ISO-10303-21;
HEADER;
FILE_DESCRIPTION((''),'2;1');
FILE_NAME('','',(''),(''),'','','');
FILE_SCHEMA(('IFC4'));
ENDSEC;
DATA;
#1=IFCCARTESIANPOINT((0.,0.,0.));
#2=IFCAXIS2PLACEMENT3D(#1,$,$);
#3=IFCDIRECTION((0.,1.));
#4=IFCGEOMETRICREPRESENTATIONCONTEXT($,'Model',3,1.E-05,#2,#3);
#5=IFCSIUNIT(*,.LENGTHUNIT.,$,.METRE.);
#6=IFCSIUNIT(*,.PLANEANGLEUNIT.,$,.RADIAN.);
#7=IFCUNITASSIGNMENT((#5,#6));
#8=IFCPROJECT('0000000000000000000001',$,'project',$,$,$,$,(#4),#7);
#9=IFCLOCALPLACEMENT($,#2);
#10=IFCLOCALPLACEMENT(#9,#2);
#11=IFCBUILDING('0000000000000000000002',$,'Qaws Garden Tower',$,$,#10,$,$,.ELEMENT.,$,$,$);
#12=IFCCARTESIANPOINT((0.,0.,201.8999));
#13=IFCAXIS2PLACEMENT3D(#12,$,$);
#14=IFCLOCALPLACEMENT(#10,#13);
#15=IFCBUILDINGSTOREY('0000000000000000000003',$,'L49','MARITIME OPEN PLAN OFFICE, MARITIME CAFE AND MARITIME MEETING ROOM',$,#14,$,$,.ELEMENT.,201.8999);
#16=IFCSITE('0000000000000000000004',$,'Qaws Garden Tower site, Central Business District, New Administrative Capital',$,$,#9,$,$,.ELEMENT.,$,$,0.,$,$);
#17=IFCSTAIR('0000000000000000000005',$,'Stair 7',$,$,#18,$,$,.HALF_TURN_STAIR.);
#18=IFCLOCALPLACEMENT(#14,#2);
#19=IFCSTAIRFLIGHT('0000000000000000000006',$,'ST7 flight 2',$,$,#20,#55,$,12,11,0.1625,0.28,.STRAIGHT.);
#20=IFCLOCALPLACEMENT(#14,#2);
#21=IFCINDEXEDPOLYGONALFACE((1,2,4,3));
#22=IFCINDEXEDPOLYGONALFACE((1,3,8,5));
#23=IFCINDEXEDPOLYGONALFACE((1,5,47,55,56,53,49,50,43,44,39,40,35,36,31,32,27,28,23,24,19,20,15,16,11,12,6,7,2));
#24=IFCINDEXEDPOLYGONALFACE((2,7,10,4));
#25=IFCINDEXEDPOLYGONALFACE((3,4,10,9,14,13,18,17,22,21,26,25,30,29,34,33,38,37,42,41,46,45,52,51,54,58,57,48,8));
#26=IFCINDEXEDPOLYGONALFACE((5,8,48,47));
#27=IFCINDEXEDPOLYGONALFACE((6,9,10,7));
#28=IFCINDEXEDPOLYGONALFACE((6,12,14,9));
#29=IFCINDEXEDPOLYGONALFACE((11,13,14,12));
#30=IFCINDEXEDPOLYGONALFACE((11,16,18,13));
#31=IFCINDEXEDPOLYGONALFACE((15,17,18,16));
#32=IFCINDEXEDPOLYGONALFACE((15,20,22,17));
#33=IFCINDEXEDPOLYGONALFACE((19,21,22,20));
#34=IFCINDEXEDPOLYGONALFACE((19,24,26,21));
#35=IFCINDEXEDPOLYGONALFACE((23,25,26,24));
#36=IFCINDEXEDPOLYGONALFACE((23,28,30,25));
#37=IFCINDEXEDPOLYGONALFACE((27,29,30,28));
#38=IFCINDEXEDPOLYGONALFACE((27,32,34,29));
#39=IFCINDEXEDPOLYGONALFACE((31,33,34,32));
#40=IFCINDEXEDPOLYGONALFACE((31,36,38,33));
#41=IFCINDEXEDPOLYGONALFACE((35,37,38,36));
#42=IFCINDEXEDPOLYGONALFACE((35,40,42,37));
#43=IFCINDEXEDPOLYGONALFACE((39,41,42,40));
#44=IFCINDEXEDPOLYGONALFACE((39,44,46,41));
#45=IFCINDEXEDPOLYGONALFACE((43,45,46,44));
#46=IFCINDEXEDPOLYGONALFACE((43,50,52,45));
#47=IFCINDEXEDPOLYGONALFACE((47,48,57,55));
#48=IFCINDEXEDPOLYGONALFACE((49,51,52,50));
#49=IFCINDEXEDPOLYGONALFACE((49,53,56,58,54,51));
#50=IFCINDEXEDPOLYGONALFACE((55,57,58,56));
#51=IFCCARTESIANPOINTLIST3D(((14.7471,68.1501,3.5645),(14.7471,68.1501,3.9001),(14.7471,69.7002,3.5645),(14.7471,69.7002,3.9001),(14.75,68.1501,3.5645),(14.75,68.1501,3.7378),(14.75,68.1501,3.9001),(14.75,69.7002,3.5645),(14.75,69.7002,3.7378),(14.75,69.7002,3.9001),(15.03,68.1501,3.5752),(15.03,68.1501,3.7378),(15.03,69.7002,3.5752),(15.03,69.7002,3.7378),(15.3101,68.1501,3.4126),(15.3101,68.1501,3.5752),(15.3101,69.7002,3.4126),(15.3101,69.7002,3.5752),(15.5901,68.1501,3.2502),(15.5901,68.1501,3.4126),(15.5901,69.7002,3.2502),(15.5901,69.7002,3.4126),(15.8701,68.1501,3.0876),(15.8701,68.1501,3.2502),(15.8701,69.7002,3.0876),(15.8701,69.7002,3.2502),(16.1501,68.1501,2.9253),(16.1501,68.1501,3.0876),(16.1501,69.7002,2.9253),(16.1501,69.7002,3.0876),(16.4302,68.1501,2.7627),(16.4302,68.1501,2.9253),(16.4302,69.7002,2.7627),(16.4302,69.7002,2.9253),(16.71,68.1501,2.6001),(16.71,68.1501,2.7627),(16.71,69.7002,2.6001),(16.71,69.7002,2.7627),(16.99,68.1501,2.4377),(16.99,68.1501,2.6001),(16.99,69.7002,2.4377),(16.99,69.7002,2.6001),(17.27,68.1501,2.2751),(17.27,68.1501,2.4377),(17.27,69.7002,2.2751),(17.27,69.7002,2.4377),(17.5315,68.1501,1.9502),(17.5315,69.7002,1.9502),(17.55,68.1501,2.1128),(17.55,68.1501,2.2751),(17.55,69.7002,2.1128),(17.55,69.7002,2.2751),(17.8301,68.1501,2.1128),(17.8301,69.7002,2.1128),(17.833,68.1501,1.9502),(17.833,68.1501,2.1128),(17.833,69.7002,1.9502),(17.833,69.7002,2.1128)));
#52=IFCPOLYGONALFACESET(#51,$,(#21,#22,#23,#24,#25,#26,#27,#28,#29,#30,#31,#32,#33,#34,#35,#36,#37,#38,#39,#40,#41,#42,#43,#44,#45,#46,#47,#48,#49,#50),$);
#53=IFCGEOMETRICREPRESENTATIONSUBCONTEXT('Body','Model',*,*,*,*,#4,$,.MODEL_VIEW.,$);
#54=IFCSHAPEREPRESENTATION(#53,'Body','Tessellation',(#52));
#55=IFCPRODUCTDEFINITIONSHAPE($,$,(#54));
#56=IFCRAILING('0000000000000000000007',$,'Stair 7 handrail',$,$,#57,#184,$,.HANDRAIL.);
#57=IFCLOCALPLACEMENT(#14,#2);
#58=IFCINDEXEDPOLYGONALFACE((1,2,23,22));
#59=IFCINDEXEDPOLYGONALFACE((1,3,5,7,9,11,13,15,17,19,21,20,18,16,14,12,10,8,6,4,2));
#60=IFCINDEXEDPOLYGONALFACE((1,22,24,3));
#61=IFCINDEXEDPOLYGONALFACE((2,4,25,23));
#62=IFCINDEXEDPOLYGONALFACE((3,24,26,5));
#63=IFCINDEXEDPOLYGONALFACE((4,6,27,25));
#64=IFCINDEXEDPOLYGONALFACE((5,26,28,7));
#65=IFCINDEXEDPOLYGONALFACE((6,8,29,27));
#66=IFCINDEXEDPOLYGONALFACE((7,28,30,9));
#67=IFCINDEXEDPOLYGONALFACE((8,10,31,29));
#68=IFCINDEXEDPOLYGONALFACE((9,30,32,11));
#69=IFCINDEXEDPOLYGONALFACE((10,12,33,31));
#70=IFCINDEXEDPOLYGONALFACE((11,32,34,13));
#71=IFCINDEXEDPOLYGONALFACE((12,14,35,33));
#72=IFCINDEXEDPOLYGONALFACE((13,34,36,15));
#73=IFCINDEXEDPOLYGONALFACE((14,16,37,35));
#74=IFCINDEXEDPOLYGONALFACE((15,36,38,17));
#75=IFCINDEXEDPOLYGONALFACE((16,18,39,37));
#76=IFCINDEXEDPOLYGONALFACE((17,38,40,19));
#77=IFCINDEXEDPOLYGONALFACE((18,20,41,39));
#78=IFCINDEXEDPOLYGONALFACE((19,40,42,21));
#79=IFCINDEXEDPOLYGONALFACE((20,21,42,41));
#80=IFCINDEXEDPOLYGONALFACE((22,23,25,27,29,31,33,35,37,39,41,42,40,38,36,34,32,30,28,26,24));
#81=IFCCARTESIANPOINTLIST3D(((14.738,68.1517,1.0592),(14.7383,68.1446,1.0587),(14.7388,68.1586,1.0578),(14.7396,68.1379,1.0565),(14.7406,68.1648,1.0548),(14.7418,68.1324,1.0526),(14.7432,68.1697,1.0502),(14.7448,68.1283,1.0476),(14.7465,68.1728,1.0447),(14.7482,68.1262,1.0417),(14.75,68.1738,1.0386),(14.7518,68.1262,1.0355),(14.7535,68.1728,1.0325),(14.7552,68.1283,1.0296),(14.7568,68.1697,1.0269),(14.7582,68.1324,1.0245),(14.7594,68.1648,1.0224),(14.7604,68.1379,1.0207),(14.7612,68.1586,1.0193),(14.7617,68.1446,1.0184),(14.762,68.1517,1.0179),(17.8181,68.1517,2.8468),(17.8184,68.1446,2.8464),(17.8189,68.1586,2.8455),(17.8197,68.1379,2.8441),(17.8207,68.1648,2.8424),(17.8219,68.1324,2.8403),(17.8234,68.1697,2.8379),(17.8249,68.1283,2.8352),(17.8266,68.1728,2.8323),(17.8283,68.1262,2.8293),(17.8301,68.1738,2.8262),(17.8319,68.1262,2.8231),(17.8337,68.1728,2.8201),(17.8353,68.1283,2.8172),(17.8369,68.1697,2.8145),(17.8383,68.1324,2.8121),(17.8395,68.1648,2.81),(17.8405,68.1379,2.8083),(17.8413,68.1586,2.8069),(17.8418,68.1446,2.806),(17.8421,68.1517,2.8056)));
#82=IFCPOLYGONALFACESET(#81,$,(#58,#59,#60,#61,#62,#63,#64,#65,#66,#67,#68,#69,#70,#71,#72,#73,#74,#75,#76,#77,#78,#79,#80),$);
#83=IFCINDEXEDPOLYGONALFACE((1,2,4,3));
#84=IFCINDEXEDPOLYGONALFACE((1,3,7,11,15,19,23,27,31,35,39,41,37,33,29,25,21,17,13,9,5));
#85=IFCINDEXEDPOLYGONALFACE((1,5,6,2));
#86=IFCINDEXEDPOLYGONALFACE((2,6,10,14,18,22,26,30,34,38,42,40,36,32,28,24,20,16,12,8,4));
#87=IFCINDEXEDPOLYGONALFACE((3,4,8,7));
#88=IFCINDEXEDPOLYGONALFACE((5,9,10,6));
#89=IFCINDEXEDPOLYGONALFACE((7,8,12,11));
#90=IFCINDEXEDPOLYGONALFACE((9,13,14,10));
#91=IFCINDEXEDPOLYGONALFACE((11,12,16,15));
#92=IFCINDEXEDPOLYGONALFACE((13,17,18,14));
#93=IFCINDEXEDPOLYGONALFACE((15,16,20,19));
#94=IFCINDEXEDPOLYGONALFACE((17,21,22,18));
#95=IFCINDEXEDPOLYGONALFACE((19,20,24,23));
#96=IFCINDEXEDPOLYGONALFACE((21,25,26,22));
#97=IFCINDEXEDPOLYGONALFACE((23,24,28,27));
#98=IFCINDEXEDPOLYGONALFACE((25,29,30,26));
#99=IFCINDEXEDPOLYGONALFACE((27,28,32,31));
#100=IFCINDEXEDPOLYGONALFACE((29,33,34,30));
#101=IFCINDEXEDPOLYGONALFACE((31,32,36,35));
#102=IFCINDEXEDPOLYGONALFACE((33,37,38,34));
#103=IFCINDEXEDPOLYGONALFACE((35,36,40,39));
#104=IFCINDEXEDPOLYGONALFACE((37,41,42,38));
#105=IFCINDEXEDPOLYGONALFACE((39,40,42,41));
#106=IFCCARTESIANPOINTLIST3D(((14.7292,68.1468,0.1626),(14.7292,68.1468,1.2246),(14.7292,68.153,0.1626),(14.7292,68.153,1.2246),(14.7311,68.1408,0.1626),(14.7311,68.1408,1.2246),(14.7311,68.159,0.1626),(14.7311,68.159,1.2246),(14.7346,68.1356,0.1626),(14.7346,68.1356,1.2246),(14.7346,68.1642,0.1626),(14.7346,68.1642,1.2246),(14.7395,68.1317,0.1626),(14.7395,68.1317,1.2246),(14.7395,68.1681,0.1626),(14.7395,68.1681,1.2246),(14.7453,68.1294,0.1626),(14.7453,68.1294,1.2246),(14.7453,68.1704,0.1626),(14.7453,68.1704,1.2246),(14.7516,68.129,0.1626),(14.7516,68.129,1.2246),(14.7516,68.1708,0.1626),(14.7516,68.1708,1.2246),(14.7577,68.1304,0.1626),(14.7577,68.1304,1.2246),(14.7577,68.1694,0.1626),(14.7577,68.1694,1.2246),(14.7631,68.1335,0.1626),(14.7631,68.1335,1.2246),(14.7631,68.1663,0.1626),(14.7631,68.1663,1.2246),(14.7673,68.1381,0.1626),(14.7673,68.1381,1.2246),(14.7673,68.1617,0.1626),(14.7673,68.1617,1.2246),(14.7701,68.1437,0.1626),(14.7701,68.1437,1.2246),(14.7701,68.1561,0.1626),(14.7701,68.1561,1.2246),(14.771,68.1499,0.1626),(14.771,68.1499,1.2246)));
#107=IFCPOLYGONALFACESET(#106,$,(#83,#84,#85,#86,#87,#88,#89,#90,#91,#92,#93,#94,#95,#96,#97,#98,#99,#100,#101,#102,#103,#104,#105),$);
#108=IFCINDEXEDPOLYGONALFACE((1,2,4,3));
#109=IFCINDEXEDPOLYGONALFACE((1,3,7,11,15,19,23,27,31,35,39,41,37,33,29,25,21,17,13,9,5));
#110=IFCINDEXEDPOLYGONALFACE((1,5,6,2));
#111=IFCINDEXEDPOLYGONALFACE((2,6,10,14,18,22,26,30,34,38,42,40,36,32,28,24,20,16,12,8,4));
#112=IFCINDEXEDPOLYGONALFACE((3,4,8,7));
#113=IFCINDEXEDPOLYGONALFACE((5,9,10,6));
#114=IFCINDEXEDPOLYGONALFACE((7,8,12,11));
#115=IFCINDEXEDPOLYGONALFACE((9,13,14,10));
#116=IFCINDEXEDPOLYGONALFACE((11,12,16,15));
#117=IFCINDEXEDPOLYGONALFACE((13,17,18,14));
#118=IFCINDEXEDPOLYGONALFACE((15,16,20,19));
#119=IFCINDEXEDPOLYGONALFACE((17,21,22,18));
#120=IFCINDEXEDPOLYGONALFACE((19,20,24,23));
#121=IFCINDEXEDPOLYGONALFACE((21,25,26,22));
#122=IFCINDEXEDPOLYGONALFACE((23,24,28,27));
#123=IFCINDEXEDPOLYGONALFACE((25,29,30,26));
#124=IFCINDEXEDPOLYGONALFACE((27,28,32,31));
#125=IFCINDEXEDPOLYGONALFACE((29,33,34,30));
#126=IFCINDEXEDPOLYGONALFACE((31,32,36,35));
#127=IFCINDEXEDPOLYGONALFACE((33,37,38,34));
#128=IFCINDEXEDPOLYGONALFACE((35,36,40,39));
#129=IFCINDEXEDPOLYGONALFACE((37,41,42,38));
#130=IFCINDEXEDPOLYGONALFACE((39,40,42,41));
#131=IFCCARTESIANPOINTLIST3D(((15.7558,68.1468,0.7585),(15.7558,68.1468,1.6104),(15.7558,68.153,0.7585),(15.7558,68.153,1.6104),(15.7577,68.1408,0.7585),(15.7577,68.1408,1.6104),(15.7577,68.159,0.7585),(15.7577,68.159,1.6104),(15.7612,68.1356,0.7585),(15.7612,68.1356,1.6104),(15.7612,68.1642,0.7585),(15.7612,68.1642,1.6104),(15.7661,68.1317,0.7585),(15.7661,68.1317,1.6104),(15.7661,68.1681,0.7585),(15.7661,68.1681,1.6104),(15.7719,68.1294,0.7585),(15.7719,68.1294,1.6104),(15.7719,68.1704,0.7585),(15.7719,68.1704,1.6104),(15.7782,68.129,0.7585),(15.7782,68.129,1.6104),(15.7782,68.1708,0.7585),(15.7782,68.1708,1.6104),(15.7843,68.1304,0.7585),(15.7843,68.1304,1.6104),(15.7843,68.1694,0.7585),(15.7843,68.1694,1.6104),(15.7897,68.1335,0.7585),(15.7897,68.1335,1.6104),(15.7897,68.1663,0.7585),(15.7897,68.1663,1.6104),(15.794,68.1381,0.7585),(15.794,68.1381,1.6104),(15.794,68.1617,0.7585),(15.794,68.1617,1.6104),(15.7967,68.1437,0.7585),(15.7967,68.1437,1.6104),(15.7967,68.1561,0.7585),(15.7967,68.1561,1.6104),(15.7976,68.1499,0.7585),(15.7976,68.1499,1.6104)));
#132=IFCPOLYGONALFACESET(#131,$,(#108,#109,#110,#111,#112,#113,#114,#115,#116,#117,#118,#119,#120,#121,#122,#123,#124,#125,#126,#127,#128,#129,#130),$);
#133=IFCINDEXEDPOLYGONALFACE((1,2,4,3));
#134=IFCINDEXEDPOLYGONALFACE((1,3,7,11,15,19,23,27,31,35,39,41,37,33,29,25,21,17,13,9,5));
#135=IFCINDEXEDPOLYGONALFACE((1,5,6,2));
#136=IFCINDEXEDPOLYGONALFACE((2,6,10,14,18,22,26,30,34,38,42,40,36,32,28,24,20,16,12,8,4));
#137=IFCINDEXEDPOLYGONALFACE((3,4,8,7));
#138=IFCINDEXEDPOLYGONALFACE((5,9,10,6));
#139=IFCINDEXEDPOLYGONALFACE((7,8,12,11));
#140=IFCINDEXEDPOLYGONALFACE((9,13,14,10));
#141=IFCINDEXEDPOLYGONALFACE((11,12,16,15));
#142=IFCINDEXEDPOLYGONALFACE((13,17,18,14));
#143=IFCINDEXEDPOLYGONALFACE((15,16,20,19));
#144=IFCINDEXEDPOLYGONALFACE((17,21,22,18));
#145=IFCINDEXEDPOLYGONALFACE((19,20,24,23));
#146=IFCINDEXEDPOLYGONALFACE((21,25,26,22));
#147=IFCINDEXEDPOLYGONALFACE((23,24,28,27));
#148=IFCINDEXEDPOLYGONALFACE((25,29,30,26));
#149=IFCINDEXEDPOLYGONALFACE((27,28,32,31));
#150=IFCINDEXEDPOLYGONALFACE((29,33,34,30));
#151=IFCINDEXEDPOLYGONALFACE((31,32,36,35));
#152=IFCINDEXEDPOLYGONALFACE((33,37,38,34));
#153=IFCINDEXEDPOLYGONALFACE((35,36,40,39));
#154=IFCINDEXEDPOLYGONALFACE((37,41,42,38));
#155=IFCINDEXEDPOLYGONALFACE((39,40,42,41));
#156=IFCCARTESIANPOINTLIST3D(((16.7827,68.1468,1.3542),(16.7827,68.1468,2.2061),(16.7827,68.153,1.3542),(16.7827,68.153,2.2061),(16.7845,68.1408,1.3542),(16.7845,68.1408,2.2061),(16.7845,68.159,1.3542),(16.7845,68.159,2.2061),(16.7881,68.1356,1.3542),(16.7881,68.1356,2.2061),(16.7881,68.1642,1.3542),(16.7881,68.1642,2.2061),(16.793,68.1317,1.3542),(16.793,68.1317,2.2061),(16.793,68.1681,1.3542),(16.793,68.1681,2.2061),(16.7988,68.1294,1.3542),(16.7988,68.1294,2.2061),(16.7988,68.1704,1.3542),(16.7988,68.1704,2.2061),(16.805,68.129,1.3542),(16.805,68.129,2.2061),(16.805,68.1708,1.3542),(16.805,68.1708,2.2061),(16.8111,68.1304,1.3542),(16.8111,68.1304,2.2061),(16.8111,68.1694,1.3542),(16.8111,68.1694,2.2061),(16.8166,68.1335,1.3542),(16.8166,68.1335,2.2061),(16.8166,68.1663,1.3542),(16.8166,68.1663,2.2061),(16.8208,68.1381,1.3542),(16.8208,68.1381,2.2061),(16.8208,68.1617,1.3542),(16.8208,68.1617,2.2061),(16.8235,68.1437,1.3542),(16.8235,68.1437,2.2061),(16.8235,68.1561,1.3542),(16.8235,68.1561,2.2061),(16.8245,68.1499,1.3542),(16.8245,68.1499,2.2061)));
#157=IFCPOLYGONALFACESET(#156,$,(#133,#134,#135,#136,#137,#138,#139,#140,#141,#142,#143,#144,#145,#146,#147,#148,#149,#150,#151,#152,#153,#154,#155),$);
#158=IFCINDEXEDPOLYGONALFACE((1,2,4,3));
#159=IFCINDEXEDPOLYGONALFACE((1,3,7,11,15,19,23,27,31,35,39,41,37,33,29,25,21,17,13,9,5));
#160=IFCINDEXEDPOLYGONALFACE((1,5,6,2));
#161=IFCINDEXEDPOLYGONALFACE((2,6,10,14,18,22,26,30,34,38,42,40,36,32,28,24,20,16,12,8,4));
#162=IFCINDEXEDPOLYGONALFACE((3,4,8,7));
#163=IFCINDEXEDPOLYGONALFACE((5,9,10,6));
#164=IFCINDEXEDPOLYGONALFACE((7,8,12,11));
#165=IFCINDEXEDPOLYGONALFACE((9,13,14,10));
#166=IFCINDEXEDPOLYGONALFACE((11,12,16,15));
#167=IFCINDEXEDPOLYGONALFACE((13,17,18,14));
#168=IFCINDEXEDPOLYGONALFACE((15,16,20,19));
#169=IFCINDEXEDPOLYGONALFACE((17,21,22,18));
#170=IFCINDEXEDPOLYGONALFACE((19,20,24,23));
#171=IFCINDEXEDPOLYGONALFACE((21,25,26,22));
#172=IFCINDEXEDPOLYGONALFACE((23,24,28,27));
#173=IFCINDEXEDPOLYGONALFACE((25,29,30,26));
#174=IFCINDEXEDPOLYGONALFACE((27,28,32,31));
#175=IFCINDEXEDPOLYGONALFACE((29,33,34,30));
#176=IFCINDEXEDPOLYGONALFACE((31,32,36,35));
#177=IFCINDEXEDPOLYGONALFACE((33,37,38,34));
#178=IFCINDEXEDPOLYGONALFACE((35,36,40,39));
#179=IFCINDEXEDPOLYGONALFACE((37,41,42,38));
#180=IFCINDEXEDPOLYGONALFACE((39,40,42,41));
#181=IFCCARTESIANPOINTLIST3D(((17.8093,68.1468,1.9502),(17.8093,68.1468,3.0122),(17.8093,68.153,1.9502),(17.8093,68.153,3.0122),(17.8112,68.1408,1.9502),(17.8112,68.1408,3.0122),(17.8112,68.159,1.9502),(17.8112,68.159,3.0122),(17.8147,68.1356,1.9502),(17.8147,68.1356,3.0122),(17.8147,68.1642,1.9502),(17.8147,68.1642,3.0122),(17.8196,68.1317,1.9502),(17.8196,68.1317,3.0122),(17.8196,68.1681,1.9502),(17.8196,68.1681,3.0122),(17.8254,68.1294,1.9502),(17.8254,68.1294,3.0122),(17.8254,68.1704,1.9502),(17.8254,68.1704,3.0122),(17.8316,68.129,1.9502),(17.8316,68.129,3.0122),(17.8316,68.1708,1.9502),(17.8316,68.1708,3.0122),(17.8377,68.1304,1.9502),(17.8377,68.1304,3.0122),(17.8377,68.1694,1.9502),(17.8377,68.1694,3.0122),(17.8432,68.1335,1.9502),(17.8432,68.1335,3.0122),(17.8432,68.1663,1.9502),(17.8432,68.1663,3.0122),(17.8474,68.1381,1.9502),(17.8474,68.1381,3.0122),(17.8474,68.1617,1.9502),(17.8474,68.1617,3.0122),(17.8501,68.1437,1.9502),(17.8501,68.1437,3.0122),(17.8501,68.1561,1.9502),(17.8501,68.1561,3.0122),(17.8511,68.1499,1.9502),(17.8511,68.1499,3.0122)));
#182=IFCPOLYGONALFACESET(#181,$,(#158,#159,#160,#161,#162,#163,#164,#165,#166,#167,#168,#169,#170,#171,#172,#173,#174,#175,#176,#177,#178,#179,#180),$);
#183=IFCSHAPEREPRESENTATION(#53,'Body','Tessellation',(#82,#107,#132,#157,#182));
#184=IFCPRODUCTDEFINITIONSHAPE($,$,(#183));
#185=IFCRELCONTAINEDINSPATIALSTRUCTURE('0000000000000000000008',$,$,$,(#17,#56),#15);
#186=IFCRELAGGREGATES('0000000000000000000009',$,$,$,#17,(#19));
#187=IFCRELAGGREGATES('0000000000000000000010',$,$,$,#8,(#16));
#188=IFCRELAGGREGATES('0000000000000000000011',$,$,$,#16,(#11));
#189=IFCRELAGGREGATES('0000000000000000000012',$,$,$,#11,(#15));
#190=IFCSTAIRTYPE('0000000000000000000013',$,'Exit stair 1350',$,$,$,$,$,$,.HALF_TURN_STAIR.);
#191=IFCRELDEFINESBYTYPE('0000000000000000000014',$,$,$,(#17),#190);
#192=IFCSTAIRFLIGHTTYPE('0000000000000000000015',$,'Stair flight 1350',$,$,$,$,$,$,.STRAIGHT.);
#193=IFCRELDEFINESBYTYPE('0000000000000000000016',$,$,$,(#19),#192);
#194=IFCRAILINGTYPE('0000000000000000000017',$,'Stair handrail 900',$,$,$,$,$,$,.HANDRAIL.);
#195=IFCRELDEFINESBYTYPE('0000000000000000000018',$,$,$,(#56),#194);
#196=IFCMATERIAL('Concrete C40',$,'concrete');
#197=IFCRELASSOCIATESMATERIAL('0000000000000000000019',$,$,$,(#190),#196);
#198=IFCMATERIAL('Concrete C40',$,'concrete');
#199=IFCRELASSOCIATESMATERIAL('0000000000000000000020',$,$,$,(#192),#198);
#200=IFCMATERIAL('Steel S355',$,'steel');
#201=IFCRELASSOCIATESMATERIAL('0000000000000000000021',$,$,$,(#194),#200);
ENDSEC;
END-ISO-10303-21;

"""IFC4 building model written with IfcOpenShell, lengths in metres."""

from ifc_helpers import new_model, si_unit, direction, frame, origin, origin_2d, place, context, subcontext, project, spatial, polyline, circle, outline, extrude, material, type_object, element, aggregate, save


model = new_model("IFC4")

# Units and contexts
model_context = context("Model", 3, precision=1e-05, world=origin(), true_north=direction((0.0, 1.0)))
body_context = subcontext(model_context, "Body", "Model", "MODEL_VIEW")
ifc_project = project(units=[si_unit("LENGTHUNIT", "METRE"), si_unit("PLANEANGLEUNIT", "RADIAN")], contexts=[model_context])

# Site, building, storey
site_placement = place(None, origin())
site = spatial("IfcSite", under=ifc_project, at=site_placement, Name="Qaws Garden Tower site, Central Business District, New Administrative Capital", CompositionType="ELEMENT", RefElevation=0.0)
building_placement = place(site_placement, origin())
building = spatial("IfcBuilding", under=site, at=building_placement, Name="Qaws Garden Tower", CompositionType="ELEMENT")
storey_placement = place(building_placement, frame((0.0, 0.0, 201.8999)))
storey = spatial("IfcBuildingStorey", under=building, at=storey_placement, Name="L49", Description="MARITIME OPEN PLAN OFFICE, MARITIME CAFE AND MARITIME MEETING ROOM", CompositionType="ELEMENT", Elevation=201.8999)

# Stair, stair flight
ifc_material_1 = material(Name="Concrete C40", Category="concrete")
stair_type = type_object("IfcStairType", Name="Exit stair 1350", PredefinedType="HALF_TURN_STAIR", material=ifc_material_1)
stair_placement = place(storey_placement, origin())
stair = element("IfcStair", 1, at=stair_placement, inside=storey, type_object=stair_type, Name="Stair 7", PredefinedType="HALF_TURN_STAIR")
ifc_material_2 = material(Name="Concrete C40", Category="concrete")
stair_flight_type = type_object("IfcStairFlightType", Name="Stair flight 1350", PredefinedType="STRAIGHT", material=ifc_material_2)
stair_flight_placement = place(storey_placement, frame((17.8301, 68.925, 1.9502), z_axis=(0.0, 0.0, 1.0), x_axis=(-1.0, 0.0, 0.0)))
stair_flight = element("IfcStairFlight", 2, at=stair_flight_placement, type_object=stair_flight_type, Name="ST7 flight 2", NumberOfRisers=12, NumberOfTreads=11, PredefinedType="STRAIGHT", RiserHeight=0.1625, TreadLength=0.28, context=body_context, shape_type="SweptSolid", body=[
    extrude(outline(polyline([(-0.0029, 0.0), (-0.0029, 0.1626), (0.0, 0.1626), (0.28, 0.1626), (0.28, 0.325), (0.5601, 0.325), (0.5601, 0.4875), (0.8401, 0.4875), (0.8401, 0.6499), (1.1201, 0.6499), (1.1201, 0.8125), (1.3999, 0.8125), (1.3999, 0.9751), (1.6799, 0.9751), (1.6799, 1.1375), (1.96, 1.1375), (1.96, 1.3), (2.24, 1.3), (2.24, 1.4624), (2.52, 1.4624), (2.52, 1.625), (2.8, 1.625), (2.8, 1.7876), (3.0801, 1.7876), (3.0801, 1.95), (3.083, 1.95), (3.083, 1.6143), (3.0801, 1.6143), (0.2986, 0.0), (-0.0029, 0.0)])), frame((0.0, 0.7749, 0.0), z_axis=(0.0, -1.0, 0.0), x_axis=(1.0, 0.0, 0.0)), (0.0, 0.0, 1.0), 1.55),
])
aggregate(stair, [stair_flight])

# Railing
ifc_material_3 = material(Name="Steel S355", Category="steel")
railing_type = type_object("IfcRailingType", Name="Stair handrail 900", PredefinedType="HANDRAIL", material=ifc_material_3)
railing_1_placement = place(storey_placement, frame((14.75, 68.1499, 0.1626)))
element("IfcRailing", 3, at=railing_1_placement, inside=storey, type_object=railing_type, Name="Stair 7 handrail", PredefinedType="HANDRAIL", context=body_context, shape_type="SweptSolid", body=[
    extrude(circle(Radius=0.0239, at=origin_2d()), frame((0.0, 0.0, 0.876), z_axis=(0.864891, 0.0, 0.50196), x_axis=(0.0, 1.0, 0.0)), (0.0, 0.0, 1.0), 3.5613),
    extrude(circle(Radius=0.021, at=origin_2d()), origin(), (0.0, 0.0, 1.0), 1.062),
    extrude(circle(Radius=0.021, at=origin_2d()), frame((1.0266, 0.0, 0.5959)), (0.0, 0.0, 1.0), 0.8518),
    extrude(circle(Radius=0.021, at=origin_2d()), frame((2.0535, 0.0, 1.1917)), (0.0, 0.0, 1.0), 0.8518),
    extrude(circle(Radius=0.021, at=origin_2d()), frame((3.0801, 0.0, 1.7876)), (0.0, 0.0, 1.0), 1.062),
])

save(model, "model.ifc")
